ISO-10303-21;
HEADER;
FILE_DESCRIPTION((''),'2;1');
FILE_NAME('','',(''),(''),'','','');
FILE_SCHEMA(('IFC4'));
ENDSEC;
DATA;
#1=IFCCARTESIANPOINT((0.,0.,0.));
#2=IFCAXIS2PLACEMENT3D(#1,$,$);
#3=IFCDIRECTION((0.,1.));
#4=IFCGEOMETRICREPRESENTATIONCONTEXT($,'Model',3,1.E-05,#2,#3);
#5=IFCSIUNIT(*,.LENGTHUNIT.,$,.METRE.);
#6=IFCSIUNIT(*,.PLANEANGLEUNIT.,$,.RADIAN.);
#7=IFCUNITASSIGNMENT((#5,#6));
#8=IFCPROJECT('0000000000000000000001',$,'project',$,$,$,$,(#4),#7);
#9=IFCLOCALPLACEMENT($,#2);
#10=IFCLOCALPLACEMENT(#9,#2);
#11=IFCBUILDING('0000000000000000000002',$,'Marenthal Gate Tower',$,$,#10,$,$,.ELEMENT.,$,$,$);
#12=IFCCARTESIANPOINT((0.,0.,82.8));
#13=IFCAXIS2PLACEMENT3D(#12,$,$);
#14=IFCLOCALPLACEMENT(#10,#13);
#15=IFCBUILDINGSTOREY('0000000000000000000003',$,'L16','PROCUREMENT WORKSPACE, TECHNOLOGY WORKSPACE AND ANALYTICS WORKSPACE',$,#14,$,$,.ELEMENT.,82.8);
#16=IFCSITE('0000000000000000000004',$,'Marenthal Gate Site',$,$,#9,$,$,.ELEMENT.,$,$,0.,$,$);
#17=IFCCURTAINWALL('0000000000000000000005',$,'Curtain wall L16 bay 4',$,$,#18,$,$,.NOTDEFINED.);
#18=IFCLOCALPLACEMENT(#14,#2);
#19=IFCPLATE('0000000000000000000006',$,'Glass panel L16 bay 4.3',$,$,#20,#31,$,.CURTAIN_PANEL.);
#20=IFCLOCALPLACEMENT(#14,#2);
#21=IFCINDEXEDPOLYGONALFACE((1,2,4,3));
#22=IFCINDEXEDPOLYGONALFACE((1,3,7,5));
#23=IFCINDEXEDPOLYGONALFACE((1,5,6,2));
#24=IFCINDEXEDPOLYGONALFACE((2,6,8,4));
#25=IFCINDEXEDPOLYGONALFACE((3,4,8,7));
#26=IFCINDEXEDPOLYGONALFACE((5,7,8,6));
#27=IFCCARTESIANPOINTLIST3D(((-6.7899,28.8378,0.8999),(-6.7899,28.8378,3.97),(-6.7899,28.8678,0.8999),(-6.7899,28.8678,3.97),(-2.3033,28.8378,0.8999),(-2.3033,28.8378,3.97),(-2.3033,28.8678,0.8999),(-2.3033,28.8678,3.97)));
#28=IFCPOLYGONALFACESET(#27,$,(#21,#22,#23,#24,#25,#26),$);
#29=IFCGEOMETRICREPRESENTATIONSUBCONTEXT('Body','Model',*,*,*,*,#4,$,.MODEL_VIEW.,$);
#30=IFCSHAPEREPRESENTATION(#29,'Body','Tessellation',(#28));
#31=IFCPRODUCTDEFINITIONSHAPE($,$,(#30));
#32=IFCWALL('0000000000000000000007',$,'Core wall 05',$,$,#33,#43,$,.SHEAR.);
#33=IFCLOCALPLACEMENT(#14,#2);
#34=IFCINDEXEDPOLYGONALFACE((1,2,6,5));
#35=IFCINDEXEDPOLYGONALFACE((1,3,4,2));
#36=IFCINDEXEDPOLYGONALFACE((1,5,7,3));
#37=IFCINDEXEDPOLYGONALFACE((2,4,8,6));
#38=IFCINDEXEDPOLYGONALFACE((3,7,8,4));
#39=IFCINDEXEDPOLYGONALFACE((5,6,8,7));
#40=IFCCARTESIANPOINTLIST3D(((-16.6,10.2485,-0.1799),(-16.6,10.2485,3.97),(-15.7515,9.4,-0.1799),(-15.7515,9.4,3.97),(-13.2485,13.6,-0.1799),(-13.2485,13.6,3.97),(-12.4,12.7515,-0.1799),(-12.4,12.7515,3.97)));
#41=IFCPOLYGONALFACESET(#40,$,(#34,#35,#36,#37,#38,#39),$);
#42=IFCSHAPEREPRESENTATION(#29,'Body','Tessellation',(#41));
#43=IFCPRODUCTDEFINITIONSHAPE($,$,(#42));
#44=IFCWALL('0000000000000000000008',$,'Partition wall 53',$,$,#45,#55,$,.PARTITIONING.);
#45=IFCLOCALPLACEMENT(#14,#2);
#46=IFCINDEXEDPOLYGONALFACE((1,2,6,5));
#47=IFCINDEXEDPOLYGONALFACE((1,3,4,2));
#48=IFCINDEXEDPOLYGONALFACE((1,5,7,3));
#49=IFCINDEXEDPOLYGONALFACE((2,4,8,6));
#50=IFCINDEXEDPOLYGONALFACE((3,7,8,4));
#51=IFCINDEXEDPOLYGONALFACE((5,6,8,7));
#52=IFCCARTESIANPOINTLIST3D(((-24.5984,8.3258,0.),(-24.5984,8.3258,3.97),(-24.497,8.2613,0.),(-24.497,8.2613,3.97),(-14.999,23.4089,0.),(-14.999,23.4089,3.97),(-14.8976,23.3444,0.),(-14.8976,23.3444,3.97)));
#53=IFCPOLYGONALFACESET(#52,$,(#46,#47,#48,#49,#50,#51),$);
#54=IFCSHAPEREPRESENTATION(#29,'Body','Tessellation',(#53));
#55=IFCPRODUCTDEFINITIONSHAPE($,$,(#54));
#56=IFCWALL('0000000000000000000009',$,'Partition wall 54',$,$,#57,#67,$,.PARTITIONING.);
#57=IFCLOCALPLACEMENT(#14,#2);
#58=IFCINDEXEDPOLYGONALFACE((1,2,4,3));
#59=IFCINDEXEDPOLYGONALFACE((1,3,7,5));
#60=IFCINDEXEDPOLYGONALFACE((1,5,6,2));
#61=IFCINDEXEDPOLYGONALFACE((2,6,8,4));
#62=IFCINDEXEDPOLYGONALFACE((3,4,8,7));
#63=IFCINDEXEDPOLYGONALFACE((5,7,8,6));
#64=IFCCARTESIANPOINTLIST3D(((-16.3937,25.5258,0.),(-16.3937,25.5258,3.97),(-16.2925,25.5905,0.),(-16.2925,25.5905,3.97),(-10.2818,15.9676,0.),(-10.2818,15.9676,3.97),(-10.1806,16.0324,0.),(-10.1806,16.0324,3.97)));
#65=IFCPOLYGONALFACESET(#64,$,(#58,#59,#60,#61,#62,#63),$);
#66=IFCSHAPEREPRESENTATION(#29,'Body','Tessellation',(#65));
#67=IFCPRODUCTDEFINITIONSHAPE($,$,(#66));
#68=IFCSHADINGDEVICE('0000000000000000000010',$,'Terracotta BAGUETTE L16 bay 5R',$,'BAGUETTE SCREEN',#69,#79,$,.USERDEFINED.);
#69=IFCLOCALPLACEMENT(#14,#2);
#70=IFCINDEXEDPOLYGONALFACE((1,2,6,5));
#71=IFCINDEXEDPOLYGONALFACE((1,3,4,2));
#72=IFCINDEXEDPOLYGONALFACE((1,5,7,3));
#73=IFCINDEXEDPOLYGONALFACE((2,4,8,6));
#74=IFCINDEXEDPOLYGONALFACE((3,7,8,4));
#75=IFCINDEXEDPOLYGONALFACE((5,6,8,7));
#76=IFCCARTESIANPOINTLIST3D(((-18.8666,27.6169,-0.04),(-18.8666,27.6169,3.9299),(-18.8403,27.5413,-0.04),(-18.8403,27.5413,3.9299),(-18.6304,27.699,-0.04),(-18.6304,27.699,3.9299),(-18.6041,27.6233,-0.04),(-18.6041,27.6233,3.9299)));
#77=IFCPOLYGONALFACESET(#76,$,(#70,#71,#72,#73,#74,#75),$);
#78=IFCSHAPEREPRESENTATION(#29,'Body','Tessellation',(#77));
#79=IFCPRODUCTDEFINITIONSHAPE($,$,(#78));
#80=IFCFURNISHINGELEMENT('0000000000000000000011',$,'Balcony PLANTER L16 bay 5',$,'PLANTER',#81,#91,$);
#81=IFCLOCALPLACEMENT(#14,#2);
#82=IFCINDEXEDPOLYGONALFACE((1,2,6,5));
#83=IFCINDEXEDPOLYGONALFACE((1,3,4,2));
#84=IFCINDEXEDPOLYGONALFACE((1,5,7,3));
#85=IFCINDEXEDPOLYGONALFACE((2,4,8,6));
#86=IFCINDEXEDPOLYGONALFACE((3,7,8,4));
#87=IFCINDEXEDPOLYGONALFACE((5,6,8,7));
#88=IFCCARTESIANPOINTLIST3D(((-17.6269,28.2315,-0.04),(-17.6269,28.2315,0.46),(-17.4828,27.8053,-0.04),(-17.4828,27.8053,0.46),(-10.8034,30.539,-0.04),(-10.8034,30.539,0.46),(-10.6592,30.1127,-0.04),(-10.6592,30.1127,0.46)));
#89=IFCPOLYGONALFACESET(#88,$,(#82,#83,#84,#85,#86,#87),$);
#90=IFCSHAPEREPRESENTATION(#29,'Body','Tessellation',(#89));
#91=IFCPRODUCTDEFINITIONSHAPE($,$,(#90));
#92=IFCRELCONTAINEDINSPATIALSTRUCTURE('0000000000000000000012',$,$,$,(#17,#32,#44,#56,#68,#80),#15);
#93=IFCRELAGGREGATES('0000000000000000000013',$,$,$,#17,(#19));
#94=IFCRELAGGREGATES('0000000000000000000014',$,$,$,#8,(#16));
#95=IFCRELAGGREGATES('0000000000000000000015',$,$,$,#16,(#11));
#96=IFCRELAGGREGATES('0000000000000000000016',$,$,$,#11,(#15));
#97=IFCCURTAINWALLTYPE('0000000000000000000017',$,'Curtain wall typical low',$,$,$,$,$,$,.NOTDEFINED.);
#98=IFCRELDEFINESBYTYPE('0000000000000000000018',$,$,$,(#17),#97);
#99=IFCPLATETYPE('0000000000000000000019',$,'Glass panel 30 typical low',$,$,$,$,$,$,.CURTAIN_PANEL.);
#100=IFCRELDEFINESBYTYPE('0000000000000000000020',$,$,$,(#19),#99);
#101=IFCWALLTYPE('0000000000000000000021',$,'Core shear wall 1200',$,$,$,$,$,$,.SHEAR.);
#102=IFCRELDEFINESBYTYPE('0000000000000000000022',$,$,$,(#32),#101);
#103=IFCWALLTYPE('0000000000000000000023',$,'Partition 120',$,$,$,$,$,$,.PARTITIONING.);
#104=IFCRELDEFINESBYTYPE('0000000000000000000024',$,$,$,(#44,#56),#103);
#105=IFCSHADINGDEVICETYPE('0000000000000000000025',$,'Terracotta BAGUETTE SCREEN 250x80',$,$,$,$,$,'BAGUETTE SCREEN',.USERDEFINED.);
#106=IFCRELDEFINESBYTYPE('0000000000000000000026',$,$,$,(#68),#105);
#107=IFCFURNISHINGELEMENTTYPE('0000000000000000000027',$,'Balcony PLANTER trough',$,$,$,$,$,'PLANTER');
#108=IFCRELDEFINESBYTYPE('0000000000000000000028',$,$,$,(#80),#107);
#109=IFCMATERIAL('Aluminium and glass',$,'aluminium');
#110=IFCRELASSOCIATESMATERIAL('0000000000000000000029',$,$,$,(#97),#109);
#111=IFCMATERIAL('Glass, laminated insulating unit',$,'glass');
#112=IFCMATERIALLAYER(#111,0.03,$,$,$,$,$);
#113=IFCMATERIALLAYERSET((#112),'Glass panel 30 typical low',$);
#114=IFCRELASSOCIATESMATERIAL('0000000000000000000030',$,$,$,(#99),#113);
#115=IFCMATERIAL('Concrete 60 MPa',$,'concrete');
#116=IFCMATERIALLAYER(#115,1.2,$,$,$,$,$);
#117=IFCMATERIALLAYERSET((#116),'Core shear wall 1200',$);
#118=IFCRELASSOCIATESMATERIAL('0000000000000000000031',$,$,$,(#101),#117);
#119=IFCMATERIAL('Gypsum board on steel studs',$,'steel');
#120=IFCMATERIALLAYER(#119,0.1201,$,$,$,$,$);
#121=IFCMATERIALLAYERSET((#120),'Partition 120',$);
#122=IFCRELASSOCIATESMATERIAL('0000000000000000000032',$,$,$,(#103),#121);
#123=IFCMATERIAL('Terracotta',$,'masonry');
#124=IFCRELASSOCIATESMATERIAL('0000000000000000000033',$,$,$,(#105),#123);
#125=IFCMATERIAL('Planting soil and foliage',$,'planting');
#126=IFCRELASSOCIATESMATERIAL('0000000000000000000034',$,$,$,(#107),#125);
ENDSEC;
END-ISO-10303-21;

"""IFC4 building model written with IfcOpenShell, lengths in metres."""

from ifc_helpers import new_model, si_unit, direction, frame, frame_2d, origin, origin_2d, place, context, subcontext, project, spatial, rectangle, extrude, material, layer, layer_set, material_profile, profile_set, type_object, element, aggregate, save


model = new_model("IFC4")

# Units and contexts
model_context = context("Model", 3, precision=1e-05, world=origin(), true_north=direction((0.0, 1.0)))
body_context = subcontext(model_context, "Body", "Model", "MODEL_VIEW")
ifc_project = project(units=[si_unit("LENGTHUNIT", "METRE"), si_unit("PLANEANGLEUNIT", "RADIAN")], contexts=[model_context])

# Site, building, storey
site_placement = place(None, origin())
site = spatial("IfcSite", under=ifc_project, at=site_placement, Name="Marenthal Gate Site", CompositionType="ELEMENT", RefElevation=0.0)
building_placement = place(site_placement, origin())
building = spatial("IfcBuilding", under=site, at=building_placement, Name="Marenthal Gate Tower", CompositionType="ELEMENT")
storey_placement = place(building_placement, frame((0.0, 0.0, 82.8)))
storey = spatial("IfcBuildingStorey", under=building, at=storey_placement, Name="L16", Description="PROCUREMENT WORKSPACE, TECHNOLOGY WORKSPACE AND ANALYTICS WORKSPACE", CompositionType="ELEMENT", Elevation=82.8)

# Curtain wall
ifc_material_1 = material(Name="Aluminium and glass", Category="aluminium")
curtain_wall_type = type_object("IfcCurtainWallType", Name="Curtain wall typical low", PredefinedType="NOTDEFINED", material=ifc_material_1)
curtain_wall_placement = place(storey_placement, origin())
curtain_wall = element("IfcCurtainWall", 1, at=curtain_wall_placement, inside=storey, type_object=curtain_wall_type, Name="Curtain wall L16 bay 4", PredefinedType="NOTDEFINED")

# Plate
ifc_material_2 = material(Name="Glass, laminated insulating unit", Category="glass")
ifc_layer_1 = layer(ifc_material_2, 0.03)
ifc_layer_set_1 = layer_set([ifc_layer_1], Name="Glass panel 30 typical low")
plate_type = type_object("IfcPlateType", Name="Glass panel 30 typical low", PredefinedType="CURTAIN_PANEL", material=ifc_layer_set_1)
plate_placement = place(storey_placement, frame((-4.5466, 28.8528, 0.8999), z_axis=(0.0, 0.0, 1.0), x_axis=(-1.0, 0.0, 0.0)))
plate = element("IfcPlate", 2, at=plate_placement, type_object=plate_type, Name="Glass panel L16 bay 4.3", PredefinedType="CURTAIN_PANEL", context=body_context, shape_type="SweptSolid", body=[
    extrude(rectangle(XDim=4.4866, YDim=0.03, at=origin_2d()), origin(), (0.0, 0.0, 1.0), 3.0701),
])
aggregate(curtain_wall, [plate])

# Walls
ifc_material_3 = material(Name="Concrete 60 MPa", Category="concrete")
ifc_layer_2 = layer(ifc_material_3, 1.2)
ifc_layer_set_2 = layer_set([ifc_layer_2], Name="Core shear wall 1200")
wall_type_1 = type_object("IfcWallType", Name="Core shear wall 1200", PredefinedType="SHEAR", material=ifc_layer_set_2)
wall_1_placement = place(storey_placement, frame((-12.8242, 13.1758, -0.1799), z_axis=(0.0, 0.0, 1.0), x_axis=(-0.707107, -0.707107, 0.0)))
element("IfcWall", 3, at=wall_1_placement, inside=storey, type_object=wall_type_1, Name="Core wall 05", PredefinedType="SHEAR", context=body_context, shape_type="SweptSolid", body=[
    extrude(rectangle(XDim=4.7397, YDim=1.2, at=frame_2d((2.3699, 0.0))), origin(), (0.0, 0.0, 1.0), 4.1499),
])
ifc_material_4 = material(Name="Gypsum board on steel studs", Category="steel")
ifc_layer_3 = layer(ifc_material_4, 0.1201)
ifc_layer_set_3 = layer_set([ifc_layer_3], Name="Partition 120")
wall_type_2 = type_object("IfcWallType", Name="Partition 120", PredefinedType="PARTITIONING", material=ifc_layer_set_3)
wall_2_placement = place(storey_placement, frame((-14.9482, 23.3767, 0.0), z_axis=(0.0, 0.0, 1.0), x_axis=(-0.536919, -0.843634, 0.0)))
element("IfcWall", 4, at=wall_2_placement, inside=storey, type_object=wall_type_2, Name="Partition wall 53", PredefinedType="PARTITIONING", context=body_context, shape_type="SweptSolid", body=[
    extrude(rectangle(XDim=17.8787, YDim=0.1201, at=frame_2d((8.9395, 0.0))), origin(), (0.0, 0.0, 1.0), 3.97),
])
wall_3_placement = place(storey_placement, frame((-10.2312, 16.0, 0.0), z_axis=(0.0, 0.0, 1.0), x_axis=(-0.538718, 0.842486, 0.0)))
element("IfcWall", 5, at=wall_3_placement, inside=storey, type_object=wall_type_2, Name="Partition wall 54", PredefinedType="PARTITIONING", context=body_context, shape_type="SweptSolid", body=[
    extrude(rectangle(XDim=11.3452, YDim=0.1201, at=frame_2d((5.6726, 0.0))), origin(), (0.0, 0.0, 1.0), 3.97),
])

# Shading device
ifc_material_5 = material(Name="Terracotta", Category="masonry")
ifc_material_profile_1 = material_profile(ifc_material_5, rectangle(XDim=0.25, YDim=0.0801, at=origin_2d()), Name="Terracotta baguette 250x80")
ifc_profile_set_1 = profile_set([ifc_material_profile_1], Name="Terracotta")
shading_device_type = type_object("IfcShadingDeviceType", Name="Terracotta BAGUETTE SCREEN 250x80", ElementType="BAGUETTE SCREEN", PredefinedType="USERDEFINED", material=ifc_profile_set_1)
shading_device_placement = place(storey_placement, frame((-18.7354, 27.6201, -0.04), z_axis=(0.0, 0.0, 1.0), x_axis=(-0.944634, -0.328125, 0.0)))
element("IfcShadingDevice", 6, at=shading_device_placement, inside=storey, type_object=shading_device_type, Name="Terracotta BAGUETTE L16 bay 5R", ObjectType="BAGUETTE SCREEN", PredefinedType="USERDEFINED", context=body_context, shape_type="SweptSolid", body=[
    extrude(rectangle(XDim=0.25, YDim=0.0801, at=origin_2d()), origin(), (0.0, 0.0, 1.0), 3.97),
])

# Furnishing element
ifc_material_6 = material(Name="Planting soil and foliage", Category="planting")
furnishing_element_type = type_object("IfcFurnishingElementType", Name="Balcony PLANTER trough", ElementType="PLANTER", material=ifc_material_6)
furnishing_placement = place(storey_placement, frame((-14.1431, 29.1721, -0.04), z_axis=(0.0, 0.0, 1.0), x_axis=(-0.947302, -0.320343, 0.0)))
element("IfcFurnishingElement", 7, at=furnishing_placement, inside=storey, type_object=furnishing_element_type, Name="Balcony PLANTER L16 bay 5", ObjectType="PLANTER", context=body_context, shape_type="SweptSolid", body=[
    extrude(rectangle(XDim=7.2031, YDim=0.45, at=origin_2d()), origin(), (0.0, 0.0, 1.0), 0.5),
])

save(model, "model.ifc")
